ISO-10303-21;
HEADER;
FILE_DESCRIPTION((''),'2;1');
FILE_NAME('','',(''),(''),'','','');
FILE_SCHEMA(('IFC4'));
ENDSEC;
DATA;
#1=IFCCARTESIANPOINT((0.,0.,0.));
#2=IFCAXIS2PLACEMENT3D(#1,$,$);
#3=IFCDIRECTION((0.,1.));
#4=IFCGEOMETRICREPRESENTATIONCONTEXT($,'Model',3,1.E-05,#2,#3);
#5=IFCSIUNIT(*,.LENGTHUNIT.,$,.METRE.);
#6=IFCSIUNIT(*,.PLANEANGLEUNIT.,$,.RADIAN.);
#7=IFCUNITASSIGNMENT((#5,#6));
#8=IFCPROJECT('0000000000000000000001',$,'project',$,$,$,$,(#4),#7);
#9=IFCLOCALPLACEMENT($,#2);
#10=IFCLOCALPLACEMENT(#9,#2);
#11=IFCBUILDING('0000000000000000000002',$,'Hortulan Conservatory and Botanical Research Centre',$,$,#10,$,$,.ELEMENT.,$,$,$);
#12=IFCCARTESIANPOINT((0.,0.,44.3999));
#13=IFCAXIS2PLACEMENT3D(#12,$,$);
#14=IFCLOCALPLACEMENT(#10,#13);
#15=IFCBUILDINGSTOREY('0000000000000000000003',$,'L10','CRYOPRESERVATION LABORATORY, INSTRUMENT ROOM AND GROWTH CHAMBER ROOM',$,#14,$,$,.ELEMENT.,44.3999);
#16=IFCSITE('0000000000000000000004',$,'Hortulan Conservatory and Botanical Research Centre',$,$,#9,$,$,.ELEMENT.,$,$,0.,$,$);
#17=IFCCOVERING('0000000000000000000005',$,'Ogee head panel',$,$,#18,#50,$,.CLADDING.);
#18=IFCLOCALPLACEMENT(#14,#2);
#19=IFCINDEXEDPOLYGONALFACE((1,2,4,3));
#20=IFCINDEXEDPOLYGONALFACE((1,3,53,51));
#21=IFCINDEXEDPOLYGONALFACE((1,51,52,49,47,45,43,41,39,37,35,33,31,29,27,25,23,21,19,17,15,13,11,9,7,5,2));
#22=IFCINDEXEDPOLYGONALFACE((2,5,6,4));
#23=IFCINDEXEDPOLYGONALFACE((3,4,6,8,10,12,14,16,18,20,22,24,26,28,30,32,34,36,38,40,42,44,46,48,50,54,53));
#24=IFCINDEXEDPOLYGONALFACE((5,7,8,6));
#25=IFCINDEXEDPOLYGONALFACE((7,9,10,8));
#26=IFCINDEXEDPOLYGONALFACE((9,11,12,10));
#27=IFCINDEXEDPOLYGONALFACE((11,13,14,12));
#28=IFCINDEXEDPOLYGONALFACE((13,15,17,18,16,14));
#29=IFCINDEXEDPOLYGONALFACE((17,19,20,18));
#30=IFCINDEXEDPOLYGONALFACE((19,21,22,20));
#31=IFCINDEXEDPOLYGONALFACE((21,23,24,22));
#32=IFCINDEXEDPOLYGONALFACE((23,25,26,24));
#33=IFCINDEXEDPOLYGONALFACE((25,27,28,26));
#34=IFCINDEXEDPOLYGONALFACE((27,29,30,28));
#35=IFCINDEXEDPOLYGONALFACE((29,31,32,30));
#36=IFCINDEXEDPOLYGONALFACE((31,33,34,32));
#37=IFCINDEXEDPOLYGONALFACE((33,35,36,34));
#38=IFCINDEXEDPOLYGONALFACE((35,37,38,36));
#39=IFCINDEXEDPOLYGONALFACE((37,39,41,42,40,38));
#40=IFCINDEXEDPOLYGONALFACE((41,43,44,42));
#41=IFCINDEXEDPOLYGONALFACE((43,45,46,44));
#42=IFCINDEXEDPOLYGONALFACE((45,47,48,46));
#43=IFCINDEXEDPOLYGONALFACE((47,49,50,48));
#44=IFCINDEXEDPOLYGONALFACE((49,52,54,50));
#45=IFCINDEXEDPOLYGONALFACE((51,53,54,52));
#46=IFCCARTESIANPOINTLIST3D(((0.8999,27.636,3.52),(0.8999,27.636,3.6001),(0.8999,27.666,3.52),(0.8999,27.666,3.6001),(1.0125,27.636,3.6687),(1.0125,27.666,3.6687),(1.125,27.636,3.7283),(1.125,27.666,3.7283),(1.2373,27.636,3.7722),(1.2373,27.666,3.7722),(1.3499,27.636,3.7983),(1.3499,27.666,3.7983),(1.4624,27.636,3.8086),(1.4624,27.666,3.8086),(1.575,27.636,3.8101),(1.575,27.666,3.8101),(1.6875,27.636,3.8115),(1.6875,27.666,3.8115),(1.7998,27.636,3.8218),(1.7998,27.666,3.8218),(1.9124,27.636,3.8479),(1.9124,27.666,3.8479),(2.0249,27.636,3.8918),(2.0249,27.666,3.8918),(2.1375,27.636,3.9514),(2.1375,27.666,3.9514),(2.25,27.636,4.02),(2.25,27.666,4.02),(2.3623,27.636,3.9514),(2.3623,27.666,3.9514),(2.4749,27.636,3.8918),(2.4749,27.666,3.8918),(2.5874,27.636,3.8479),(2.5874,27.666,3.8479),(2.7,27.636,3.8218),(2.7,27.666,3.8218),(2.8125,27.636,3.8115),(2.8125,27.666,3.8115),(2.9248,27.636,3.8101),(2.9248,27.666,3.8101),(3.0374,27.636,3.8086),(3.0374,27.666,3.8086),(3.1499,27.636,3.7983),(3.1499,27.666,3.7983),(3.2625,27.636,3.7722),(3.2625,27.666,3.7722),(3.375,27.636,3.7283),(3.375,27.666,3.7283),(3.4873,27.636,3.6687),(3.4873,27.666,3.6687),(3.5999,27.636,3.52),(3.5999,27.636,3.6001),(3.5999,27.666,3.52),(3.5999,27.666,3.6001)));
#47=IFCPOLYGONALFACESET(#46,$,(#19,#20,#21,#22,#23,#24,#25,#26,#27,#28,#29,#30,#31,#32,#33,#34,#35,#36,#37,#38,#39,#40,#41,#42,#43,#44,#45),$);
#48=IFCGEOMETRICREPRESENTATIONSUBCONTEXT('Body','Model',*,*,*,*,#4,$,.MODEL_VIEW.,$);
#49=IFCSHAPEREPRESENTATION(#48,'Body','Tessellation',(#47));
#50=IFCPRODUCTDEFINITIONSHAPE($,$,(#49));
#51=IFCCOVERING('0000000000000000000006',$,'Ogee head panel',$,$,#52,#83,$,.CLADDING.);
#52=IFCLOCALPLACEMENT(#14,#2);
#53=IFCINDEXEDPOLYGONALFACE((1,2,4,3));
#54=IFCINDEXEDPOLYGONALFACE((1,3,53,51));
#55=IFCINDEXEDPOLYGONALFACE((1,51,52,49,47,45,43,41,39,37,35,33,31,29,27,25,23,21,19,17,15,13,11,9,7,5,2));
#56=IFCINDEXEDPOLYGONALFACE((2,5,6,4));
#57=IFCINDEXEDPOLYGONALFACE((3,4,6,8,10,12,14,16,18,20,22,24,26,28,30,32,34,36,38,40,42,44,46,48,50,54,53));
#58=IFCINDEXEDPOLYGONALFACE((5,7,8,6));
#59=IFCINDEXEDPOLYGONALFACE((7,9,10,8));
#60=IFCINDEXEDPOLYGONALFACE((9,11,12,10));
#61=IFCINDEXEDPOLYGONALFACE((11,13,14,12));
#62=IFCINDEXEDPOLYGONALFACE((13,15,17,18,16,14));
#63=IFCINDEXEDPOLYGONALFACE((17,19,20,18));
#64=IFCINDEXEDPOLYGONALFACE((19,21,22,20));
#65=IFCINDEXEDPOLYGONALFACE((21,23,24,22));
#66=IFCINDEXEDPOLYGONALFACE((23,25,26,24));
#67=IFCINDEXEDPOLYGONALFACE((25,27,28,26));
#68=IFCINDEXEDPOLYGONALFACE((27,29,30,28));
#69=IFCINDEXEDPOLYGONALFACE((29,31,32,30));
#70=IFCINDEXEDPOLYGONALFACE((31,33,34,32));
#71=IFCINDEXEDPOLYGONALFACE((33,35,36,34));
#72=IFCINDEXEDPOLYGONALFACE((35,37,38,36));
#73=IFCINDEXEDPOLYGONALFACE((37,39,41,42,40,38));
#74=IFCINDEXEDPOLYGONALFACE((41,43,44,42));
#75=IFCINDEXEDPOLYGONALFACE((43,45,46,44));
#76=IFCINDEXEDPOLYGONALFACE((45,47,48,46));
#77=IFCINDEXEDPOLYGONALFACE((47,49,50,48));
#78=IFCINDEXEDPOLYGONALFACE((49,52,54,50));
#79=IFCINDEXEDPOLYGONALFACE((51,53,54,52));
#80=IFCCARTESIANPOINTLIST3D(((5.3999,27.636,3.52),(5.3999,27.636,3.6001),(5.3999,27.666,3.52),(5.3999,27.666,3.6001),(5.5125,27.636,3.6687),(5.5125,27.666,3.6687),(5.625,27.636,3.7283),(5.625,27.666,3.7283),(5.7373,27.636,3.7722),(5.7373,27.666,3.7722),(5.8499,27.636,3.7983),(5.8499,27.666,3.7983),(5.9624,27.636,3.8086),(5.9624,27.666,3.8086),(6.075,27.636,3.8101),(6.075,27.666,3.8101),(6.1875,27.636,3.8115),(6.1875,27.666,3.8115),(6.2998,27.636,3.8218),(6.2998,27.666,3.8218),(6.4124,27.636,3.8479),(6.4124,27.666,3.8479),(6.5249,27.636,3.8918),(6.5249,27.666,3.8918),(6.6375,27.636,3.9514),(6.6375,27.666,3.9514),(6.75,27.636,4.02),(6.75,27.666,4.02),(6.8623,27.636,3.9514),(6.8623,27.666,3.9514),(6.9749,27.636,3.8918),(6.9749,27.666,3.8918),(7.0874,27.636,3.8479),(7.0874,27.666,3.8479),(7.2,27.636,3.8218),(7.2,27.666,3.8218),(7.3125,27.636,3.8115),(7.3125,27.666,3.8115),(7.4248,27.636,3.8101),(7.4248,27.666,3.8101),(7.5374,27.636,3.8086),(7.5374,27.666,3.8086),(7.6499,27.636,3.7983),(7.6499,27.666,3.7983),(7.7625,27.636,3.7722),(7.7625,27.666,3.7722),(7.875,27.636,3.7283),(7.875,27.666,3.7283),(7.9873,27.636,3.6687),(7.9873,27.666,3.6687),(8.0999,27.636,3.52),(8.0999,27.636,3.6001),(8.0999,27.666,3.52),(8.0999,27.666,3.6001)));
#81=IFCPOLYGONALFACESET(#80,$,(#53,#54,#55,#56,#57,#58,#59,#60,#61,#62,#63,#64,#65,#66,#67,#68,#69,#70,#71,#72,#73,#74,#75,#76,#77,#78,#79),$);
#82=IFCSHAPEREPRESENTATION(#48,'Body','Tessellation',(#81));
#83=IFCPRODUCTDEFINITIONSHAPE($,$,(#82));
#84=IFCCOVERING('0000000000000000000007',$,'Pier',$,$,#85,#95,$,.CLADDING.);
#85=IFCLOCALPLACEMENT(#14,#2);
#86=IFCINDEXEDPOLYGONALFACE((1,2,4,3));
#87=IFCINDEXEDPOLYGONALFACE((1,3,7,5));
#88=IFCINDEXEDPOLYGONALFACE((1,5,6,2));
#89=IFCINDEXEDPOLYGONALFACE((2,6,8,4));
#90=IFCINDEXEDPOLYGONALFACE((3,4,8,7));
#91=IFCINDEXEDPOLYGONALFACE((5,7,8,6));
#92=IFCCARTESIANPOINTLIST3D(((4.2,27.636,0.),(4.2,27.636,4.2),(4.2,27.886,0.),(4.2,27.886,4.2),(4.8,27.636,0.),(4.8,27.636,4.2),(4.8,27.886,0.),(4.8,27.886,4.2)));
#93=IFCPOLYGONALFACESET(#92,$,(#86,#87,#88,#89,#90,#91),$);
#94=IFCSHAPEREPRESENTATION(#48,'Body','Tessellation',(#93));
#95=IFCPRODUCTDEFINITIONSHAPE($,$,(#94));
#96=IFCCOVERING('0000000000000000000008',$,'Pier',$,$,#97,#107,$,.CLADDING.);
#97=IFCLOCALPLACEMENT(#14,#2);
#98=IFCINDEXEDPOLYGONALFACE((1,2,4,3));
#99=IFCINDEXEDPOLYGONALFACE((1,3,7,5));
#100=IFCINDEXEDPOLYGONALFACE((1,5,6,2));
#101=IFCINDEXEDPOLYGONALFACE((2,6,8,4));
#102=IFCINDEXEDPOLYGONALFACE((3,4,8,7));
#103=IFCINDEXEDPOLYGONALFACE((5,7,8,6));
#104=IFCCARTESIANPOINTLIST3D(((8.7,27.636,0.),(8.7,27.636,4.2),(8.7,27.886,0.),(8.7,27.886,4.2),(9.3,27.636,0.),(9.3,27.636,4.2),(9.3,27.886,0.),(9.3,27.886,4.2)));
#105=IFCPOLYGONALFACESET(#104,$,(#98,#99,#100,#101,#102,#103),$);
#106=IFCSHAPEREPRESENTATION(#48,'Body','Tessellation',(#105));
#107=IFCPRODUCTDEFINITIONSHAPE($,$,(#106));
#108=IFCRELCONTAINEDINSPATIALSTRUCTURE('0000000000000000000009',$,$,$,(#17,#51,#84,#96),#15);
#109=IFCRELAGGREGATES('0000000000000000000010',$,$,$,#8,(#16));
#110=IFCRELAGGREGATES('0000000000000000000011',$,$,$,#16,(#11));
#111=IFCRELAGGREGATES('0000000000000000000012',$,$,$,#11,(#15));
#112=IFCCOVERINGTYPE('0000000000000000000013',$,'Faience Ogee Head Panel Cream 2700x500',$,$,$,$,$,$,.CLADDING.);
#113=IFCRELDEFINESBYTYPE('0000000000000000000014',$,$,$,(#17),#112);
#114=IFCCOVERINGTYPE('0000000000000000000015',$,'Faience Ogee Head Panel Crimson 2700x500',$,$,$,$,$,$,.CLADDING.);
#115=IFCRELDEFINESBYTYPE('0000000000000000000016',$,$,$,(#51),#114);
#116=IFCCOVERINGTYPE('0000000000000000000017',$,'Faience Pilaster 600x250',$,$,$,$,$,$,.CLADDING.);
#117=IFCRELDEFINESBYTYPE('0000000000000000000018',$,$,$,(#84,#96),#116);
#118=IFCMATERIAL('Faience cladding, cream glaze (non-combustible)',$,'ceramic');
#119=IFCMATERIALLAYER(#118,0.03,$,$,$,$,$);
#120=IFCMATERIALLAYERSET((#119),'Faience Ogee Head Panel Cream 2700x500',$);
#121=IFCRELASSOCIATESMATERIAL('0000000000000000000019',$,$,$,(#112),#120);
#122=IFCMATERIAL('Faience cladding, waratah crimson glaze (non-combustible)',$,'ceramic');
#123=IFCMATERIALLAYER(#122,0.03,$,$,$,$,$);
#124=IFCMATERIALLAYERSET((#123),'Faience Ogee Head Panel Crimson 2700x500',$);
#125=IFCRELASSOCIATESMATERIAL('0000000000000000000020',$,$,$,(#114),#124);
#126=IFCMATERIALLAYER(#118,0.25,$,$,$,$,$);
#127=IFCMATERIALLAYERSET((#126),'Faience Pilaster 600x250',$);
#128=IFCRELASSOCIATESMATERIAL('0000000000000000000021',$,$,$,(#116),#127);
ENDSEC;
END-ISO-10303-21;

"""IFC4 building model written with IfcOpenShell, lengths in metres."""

from ifc_helpers import new_model, si_unit, direction, frame, origin, origin_2d, place, context, subcontext, project, spatial, polyline, rectangle, outline, extrude, material, layer, layer_set, type_object, element, save


model = new_model("IFC4")

# Units and contexts
model_context = context("Model", 3, precision=1e-05, world=origin(), true_north=direction((0.0, 1.0)))
body_context = subcontext(model_context, "Body", "Model", "MODEL_VIEW")
ifc_project = project(units=[si_unit("LENGTHUNIT", "METRE"), si_unit("PLANEANGLEUNIT", "RADIAN")], contexts=[model_context])

# Site, building, storey
site_placement = place(None, origin())
site = spatial("IfcSite", under=ifc_project, at=site_placement, Name="Hortulan Conservatory and Botanical Research Centre", CompositionType="ELEMENT", RefElevation=0.0)
building_placement = place(site_placement, origin())
building = spatial("IfcBuilding", under=site, at=building_placement, Name="Hortulan Conservatory and Botanical Research Centre", CompositionType="ELEMENT")
storey_placement = place(building_placement, frame((0.0, 0.0, 44.3999)))
storey = spatial("IfcBuildingStorey", under=building, at=storey_placement, Name="L10", Description="CRYOPRESERVATION LABORATORY, INSTRUMENT ROOM AND GROWTH CHAMBER ROOM", CompositionType="ELEMENT", Elevation=44.3999)

# Coverings
ifc_material_1 = material(Name="Faience cladding, cream glaze (non-combustible)", Category="ceramic")
ifc_layer_1 = layer(ifc_material_1, 0.03)
ifc_layer_set_1 = layer_set([ifc_layer_1], Name="Faience Ogee Head Panel Cream 2700x500")
covering_type_1 = type_object("IfcCoveringType", Name="Faience Ogee Head Panel Cream 2700x500", PredefinedType="CLADDING", material=ifc_layer_set_1)
covering_1_placement = place(storey_placement, frame((0.8999, 27.6509, 3.52), z_axis=(0.0, 0.0, 1.0), x_axis=(1.0, 0.0, 0.0)))
element("IfcCovering", 1, at=covering_1_placement, inside=storey, type_object=covering_type_1, Name="Ogee head panel", PredefinedType="CLADDING", context=body_context, shape_type="SweptSolid", body=[
    extrude(outline(polyline([(0.0, 0.0), (2.7, 0.0), (2.7, 0.0801), (2.5874, 0.1487), (2.4751, 0.2083), (2.3625, 0.2522), (2.25, 0.2783), (2.1375, 0.2886), (2.0249, 0.29), (1.9126, 0.2915), (1.8, 0.3018), (1.6875, 0.3279), (1.575, 0.3718), (1.4624, 0.4314), (1.3501, 0.5), (1.2375, 0.4314), (1.125, 0.3718), (1.0125, 0.3279), (0.8999, 0.3018), (0.7876, 0.2915), (0.675, 0.29), (0.5625, 0.2886), (0.45, 0.2783), (0.3374, 0.2522), (0.2251, 0.2083), (0.1125, 0.1487), (0.0, 0.0801), (0.0, 0.0)])), frame((0.0, 0.0151, 0.0), z_axis=(0.0, -1.0, 0.0), x_axis=(1.0, 0.0, 0.0)), (0.0, 0.0, 1.0), 0.03),
])
ifc_material_2 = material(Name="Faience cladding, waratah crimson glaze (non-combustible)", Category="ceramic")
ifc_layer_2 = layer(ifc_material_2, 0.03)
ifc_layer_set_2 = layer_set([ifc_layer_2], Name="Faience Ogee Head Panel Crimson 2700x500")
covering_type_2 = type_object("IfcCoveringType", Name="Faience Ogee Head Panel Crimson 2700x500", PredefinedType="CLADDING", material=ifc_layer_set_2)
covering_2_placement = place(storey_placement, frame((5.3999, 27.6509, 3.52), z_axis=(0.0, 0.0, 1.0), x_axis=(1.0, 0.0, 0.0)))
element("IfcCovering", 2, at=covering_2_placement, inside=storey, type_object=covering_type_2, Name="Ogee head panel", PredefinedType="CLADDING", context=body_context, shape_type="SweptSolid", body=[
    extrude(outline(polyline([(0.0, 0.0), (2.7, 0.0), (2.7, 0.0801), (2.5874, 0.1487), (2.4751, 0.2083), (2.3625, 0.2522), (2.25, 0.2783), (2.1375, 0.2886), (2.0249, 0.29), (1.9126, 0.2915), (1.8, 0.3018), (1.6875, 0.3279), (1.575, 0.3718), (1.4624, 0.4314), (1.3501, 0.5), (1.2375, 0.4314), (1.125, 0.3718), (1.0125, 0.3279), (0.8999, 0.3018), (0.7876, 0.2915), (0.675, 0.29), (0.5625, 0.2886), (0.45, 0.2783), (0.3374, 0.2522), (0.2251, 0.2083), (0.1125, 0.1487), (0.0, 0.0801), (0.0, 0.0)])), frame((0.0, 0.0151, 0.0), z_axis=(0.0, -1.0, 0.0), x_axis=(1.0, 0.0, 0.0)), (0.0, 0.0, 1.0), 0.03),
])
ifc_layer_3 = layer(ifc_material_1, 0.25)
ifc_layer_set_3 = layer_set([ifc_layer_3], Name="Faience Pilaster 600x250")
covering_type_3 = type_object("IfcCoveringType", Name="Faience Pilaster 600x250", PredefinedType="CLADDING", material=ifc_layer_set_3)
for number, where, z_axis, x_axis, name in (
    (3, (4.5, 27.761, 0.0), (0.0, 0.0, 1.0), (1.0, 0.0, 0.0), "Pier"),
    (4, (9.0, 27.761, 0.0), (0.0, 0.0, 1.0), (1.0, 0.0, 0.0), "Pier"),
):
    element("IfcCovering", number, at=place(storey_placement, frame(where, z_axis=z_axis, x_axis=x_axis)), inside=storey, type_object=covering_type_3, Name=name, PredefinedType="CLADDING", context=body_context, shape_type="SweptSolid", body=[
        extrude(rectangle(XDim=0.6001, YDim=0.25, at=origin_2d()), origin(), (0.0, 0.0, 1.0), 4.2),
    ])

save(model, "model.ifc")
